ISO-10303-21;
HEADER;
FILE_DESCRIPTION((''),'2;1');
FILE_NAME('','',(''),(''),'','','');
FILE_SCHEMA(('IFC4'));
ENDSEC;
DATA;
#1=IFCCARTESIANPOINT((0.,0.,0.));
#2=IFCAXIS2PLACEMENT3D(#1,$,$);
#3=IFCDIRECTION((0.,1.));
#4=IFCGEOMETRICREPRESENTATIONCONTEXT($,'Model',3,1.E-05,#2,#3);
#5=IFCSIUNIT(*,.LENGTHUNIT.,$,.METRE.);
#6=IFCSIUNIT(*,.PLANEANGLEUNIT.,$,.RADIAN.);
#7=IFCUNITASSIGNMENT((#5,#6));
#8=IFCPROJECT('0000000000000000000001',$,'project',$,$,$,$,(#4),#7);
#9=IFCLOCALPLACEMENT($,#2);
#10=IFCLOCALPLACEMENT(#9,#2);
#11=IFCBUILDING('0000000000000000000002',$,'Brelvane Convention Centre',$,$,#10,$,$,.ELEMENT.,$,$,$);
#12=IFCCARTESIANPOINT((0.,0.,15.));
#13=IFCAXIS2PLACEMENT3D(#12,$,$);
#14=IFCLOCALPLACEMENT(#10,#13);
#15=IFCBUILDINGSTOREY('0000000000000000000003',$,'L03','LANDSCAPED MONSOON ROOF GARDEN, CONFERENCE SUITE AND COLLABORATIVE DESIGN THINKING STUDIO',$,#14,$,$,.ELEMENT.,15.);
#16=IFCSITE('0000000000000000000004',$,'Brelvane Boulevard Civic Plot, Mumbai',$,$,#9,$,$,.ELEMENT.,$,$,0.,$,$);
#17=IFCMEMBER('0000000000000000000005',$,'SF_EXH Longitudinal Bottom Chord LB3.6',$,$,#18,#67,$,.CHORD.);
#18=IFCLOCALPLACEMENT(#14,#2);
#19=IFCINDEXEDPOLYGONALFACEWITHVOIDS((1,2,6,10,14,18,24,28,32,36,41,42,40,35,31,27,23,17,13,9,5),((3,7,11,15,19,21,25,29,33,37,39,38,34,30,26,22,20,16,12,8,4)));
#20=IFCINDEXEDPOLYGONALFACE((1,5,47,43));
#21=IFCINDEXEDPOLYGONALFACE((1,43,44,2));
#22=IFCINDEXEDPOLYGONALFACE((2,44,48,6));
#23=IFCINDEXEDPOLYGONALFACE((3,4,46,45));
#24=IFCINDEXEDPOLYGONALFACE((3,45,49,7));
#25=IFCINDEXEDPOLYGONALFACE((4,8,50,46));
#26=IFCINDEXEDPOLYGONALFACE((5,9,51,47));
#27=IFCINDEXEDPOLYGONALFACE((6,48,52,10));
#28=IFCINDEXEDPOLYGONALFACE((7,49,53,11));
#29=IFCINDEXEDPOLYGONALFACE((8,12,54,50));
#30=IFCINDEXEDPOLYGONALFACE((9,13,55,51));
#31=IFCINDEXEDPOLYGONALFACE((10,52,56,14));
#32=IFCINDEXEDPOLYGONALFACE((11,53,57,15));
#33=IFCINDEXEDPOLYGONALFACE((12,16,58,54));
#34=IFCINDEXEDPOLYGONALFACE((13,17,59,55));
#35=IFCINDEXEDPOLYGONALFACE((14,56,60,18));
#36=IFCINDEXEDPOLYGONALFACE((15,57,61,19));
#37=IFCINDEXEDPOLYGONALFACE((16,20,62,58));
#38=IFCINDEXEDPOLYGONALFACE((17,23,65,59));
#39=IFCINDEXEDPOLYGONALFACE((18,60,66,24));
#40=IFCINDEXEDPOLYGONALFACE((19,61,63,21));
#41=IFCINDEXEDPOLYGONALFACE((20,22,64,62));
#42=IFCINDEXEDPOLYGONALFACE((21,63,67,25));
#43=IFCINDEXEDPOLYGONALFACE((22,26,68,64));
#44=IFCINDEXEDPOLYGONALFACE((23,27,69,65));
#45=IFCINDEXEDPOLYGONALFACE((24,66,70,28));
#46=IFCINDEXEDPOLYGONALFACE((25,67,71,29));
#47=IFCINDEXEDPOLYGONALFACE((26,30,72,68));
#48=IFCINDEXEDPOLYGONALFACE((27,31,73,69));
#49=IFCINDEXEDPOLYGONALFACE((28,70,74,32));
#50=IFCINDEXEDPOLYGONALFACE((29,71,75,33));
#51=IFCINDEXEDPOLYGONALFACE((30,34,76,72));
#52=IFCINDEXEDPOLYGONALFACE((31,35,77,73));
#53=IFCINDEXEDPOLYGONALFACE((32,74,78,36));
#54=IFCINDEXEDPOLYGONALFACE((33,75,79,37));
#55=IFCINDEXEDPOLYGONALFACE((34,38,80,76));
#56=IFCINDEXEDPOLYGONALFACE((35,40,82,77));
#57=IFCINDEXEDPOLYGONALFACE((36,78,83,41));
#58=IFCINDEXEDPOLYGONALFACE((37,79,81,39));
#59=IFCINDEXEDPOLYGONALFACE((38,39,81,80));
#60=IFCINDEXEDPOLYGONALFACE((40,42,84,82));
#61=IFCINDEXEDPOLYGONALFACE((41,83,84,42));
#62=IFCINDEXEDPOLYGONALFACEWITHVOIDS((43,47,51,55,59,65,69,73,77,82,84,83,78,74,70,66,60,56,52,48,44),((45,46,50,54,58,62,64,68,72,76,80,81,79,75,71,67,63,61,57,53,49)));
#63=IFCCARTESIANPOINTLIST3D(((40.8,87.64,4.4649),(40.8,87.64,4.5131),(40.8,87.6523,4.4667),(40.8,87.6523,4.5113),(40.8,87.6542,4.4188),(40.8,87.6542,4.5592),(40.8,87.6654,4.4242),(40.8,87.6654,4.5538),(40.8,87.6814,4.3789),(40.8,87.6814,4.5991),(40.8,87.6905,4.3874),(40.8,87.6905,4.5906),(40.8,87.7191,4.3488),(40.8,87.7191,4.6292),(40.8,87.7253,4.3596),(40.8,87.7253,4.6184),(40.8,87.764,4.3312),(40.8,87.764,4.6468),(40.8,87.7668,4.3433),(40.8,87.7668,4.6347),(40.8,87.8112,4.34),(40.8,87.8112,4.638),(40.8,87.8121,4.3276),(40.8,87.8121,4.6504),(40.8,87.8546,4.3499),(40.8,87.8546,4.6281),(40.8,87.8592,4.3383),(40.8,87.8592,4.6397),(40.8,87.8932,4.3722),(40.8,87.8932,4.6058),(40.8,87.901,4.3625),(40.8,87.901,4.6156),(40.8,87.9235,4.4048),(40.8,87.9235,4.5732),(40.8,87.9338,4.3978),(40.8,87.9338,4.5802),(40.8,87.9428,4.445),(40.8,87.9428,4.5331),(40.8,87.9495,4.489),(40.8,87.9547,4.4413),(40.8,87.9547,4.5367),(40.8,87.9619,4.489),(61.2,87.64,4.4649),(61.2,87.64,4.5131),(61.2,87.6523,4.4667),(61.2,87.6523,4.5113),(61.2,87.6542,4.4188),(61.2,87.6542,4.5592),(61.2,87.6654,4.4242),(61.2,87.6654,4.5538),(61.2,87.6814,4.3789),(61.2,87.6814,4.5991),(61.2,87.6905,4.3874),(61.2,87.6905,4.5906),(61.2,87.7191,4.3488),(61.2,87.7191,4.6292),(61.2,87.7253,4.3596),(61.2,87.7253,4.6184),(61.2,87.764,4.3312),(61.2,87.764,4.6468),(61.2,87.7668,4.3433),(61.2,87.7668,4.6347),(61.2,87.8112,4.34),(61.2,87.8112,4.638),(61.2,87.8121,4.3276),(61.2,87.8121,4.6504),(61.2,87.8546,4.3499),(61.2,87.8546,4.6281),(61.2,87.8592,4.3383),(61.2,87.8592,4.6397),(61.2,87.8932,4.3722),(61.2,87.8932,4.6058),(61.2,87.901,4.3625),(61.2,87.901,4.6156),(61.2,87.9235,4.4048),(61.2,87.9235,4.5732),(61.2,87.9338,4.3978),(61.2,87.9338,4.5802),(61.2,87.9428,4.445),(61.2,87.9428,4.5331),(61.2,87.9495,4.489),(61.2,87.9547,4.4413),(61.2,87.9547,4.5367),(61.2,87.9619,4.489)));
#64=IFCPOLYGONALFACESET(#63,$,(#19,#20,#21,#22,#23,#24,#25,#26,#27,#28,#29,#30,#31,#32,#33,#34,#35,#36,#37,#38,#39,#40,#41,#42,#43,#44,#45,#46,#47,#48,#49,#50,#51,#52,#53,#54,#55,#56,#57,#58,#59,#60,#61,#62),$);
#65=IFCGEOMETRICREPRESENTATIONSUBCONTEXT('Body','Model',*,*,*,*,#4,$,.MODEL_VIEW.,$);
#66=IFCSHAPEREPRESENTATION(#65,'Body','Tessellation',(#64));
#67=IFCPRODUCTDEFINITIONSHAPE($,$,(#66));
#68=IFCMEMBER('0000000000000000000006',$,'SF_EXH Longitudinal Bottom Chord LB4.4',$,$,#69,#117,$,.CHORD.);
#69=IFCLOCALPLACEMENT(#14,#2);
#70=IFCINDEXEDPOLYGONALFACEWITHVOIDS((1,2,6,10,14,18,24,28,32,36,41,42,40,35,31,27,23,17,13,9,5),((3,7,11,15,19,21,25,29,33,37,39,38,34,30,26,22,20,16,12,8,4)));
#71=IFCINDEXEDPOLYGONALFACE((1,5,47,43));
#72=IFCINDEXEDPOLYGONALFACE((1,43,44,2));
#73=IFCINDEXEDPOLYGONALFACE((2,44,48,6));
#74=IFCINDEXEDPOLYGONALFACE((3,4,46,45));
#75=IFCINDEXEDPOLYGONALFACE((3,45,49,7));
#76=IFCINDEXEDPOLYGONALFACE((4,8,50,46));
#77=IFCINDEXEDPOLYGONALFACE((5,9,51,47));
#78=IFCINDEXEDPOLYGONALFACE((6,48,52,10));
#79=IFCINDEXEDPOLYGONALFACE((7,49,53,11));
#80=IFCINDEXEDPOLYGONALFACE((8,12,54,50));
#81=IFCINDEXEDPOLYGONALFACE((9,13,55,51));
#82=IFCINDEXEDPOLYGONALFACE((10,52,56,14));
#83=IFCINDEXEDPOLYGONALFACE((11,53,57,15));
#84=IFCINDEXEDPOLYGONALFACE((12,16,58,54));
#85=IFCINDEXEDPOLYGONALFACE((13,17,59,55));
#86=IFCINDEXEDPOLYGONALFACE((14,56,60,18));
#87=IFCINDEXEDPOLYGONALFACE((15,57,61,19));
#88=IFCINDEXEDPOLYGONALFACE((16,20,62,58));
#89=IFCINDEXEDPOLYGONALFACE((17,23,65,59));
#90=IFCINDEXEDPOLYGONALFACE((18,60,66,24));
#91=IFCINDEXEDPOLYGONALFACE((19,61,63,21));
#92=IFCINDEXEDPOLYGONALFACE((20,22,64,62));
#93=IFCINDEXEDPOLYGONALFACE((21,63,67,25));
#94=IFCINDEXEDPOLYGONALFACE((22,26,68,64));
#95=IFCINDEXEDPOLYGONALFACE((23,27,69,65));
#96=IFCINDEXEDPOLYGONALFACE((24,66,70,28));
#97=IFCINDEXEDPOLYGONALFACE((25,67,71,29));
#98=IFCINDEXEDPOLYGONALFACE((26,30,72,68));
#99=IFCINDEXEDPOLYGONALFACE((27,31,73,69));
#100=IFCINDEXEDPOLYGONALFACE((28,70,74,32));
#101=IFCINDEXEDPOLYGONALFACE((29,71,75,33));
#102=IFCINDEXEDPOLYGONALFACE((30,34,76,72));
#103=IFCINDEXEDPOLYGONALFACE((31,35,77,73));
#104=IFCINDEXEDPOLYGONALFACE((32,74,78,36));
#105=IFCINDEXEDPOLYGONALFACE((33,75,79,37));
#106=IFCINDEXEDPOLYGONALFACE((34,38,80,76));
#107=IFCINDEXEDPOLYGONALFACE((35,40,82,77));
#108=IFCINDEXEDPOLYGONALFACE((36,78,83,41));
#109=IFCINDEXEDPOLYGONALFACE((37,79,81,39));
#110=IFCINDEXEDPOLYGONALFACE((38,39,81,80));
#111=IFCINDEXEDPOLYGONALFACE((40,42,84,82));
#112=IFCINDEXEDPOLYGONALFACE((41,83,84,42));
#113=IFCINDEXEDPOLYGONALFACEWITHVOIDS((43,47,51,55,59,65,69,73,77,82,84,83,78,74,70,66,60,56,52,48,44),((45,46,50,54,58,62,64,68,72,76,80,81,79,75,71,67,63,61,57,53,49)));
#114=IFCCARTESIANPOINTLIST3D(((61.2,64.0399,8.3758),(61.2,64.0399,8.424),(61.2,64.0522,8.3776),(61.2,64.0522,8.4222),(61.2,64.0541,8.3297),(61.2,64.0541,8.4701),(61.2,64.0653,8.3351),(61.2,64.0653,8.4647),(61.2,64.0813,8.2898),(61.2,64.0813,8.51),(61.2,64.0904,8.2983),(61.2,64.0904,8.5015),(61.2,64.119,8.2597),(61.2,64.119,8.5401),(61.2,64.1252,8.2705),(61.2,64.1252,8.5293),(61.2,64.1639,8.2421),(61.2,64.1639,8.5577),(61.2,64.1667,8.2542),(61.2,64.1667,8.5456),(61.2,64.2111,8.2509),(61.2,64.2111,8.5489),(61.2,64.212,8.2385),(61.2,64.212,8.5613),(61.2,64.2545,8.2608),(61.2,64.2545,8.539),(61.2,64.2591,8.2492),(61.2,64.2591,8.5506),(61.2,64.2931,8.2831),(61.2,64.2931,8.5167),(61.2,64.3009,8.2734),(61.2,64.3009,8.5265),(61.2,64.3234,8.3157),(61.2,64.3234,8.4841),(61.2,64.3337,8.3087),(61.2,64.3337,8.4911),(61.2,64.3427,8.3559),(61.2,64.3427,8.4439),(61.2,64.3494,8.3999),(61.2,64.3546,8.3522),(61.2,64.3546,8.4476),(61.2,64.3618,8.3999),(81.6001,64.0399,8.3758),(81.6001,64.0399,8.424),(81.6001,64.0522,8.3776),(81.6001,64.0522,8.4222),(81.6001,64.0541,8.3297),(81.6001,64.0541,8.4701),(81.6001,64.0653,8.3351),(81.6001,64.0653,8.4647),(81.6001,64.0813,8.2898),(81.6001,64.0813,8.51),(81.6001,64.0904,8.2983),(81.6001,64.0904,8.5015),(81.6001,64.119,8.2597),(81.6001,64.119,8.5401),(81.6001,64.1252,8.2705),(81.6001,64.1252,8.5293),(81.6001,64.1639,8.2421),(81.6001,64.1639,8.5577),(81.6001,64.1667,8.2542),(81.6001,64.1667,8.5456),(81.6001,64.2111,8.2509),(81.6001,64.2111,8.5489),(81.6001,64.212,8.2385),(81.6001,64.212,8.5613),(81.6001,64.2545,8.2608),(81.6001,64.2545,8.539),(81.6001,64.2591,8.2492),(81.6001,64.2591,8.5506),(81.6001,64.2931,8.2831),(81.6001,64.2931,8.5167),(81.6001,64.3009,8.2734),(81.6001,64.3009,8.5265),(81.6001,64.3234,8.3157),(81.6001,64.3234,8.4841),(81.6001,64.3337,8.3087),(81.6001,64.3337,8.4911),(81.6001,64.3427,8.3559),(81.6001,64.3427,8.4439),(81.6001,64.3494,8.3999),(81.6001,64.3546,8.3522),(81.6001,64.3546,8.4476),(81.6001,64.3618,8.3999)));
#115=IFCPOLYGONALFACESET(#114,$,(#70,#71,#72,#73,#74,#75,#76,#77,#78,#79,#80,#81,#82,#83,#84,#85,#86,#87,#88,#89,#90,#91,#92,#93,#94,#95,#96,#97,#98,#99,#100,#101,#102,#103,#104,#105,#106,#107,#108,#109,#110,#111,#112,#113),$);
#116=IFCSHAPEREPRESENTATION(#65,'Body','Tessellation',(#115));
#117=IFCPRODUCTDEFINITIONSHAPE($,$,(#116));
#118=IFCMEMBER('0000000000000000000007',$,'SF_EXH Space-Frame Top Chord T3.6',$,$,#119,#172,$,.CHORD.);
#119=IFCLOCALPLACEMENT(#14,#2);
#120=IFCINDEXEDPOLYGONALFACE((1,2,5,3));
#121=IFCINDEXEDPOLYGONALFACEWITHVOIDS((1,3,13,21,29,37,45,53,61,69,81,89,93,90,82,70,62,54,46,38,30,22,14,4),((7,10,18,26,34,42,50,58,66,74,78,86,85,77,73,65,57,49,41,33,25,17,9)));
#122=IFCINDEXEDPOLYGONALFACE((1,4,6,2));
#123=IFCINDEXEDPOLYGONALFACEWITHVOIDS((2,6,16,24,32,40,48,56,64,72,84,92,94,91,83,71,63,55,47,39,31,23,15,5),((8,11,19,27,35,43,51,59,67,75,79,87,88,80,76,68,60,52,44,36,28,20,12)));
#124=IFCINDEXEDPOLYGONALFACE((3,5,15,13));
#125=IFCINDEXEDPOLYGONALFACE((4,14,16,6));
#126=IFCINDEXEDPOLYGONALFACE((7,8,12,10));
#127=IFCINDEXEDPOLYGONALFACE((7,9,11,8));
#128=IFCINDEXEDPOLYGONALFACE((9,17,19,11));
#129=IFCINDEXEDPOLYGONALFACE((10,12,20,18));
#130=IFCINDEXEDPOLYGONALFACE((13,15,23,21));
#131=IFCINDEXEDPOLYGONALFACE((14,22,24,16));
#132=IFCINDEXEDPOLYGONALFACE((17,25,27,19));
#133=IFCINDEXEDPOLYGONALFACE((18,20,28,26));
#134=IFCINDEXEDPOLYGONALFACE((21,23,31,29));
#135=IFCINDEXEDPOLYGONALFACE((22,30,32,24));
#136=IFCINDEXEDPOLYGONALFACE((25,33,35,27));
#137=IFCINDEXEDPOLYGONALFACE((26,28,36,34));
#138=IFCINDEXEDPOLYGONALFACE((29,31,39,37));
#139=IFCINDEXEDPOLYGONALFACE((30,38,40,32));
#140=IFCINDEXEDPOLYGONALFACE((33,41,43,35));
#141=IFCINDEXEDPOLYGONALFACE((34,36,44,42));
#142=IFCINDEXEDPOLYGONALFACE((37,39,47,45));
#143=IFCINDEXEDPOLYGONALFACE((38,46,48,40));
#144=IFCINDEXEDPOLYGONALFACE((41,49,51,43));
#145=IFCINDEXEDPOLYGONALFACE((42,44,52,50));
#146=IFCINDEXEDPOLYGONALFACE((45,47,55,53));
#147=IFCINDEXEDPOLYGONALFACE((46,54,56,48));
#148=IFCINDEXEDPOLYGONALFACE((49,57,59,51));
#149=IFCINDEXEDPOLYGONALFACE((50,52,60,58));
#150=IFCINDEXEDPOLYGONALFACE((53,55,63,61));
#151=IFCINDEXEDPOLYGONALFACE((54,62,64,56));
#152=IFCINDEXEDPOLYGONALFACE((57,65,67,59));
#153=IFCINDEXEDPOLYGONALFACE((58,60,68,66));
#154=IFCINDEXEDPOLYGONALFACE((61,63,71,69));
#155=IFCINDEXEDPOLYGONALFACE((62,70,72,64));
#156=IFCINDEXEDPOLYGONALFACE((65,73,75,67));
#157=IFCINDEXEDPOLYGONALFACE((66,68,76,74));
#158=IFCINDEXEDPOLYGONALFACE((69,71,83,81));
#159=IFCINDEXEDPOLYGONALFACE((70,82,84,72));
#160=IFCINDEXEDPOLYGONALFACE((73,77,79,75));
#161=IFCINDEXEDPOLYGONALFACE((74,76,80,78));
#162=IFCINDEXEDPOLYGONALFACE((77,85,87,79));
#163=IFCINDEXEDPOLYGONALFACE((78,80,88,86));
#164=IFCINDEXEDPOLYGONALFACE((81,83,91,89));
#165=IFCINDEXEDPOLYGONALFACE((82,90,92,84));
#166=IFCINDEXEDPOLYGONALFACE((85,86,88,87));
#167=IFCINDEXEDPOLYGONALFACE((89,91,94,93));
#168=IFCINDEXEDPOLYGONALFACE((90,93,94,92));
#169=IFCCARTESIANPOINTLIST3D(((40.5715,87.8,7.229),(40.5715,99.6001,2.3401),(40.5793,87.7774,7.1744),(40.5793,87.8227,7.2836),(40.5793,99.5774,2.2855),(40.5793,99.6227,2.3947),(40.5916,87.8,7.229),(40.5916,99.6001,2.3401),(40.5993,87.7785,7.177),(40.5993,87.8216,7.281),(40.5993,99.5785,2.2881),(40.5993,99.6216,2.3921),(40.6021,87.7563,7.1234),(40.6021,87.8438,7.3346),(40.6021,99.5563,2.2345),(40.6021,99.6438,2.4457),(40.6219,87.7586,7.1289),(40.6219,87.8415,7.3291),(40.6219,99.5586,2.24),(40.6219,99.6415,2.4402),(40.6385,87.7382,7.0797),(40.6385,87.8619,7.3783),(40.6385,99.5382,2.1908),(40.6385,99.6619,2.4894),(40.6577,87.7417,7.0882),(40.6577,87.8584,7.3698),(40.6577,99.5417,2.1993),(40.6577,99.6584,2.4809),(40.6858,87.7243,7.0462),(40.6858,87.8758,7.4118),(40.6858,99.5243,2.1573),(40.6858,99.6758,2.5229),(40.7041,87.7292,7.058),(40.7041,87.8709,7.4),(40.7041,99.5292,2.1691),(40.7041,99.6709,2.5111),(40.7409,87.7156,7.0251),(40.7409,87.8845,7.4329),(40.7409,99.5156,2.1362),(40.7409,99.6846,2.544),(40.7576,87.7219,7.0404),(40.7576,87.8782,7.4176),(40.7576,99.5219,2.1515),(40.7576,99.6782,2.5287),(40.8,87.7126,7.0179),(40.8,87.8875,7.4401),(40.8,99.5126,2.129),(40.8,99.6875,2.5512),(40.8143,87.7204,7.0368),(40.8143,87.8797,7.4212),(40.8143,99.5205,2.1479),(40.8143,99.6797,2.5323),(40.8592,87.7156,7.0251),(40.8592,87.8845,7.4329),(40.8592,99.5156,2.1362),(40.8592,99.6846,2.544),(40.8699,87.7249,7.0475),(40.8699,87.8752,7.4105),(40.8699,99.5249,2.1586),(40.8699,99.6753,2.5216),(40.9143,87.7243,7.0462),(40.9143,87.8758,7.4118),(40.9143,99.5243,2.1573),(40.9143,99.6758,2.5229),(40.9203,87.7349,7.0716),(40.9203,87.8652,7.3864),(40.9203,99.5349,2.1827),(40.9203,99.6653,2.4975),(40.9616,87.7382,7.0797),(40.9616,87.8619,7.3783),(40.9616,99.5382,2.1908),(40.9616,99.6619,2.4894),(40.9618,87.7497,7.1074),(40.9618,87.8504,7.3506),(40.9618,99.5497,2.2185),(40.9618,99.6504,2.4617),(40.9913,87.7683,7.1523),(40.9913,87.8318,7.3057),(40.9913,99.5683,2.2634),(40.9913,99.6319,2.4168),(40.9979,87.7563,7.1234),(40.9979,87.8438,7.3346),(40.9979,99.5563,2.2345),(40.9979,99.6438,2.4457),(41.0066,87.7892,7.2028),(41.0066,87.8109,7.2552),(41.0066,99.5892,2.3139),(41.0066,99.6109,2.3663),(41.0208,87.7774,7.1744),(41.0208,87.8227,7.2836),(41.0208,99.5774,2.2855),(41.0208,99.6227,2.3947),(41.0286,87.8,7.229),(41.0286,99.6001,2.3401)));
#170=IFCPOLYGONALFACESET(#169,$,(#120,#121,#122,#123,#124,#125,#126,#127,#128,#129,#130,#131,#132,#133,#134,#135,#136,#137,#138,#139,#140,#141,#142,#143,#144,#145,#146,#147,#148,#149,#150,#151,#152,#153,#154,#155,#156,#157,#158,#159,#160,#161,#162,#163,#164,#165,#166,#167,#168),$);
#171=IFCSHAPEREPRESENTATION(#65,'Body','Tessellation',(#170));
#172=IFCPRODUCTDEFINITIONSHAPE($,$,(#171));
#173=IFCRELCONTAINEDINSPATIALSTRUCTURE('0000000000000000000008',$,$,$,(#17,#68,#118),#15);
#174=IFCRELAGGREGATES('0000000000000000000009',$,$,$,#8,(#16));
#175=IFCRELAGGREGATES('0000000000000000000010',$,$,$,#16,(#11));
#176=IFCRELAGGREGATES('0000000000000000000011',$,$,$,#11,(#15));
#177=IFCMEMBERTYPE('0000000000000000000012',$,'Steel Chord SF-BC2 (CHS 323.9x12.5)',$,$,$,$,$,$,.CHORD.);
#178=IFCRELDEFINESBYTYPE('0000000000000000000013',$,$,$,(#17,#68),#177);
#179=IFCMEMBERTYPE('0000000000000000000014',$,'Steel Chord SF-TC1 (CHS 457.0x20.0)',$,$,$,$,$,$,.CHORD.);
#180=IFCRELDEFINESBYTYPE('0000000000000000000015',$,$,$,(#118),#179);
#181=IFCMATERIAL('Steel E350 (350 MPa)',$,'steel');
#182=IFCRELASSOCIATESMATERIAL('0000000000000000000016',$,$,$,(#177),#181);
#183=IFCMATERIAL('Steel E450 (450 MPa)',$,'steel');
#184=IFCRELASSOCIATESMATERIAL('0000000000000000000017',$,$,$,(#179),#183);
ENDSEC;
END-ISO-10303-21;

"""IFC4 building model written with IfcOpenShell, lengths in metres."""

from ifc_helpers import new_model, si_unit, direction, frame, origin, origin_2d, place, context, subcontext, project, spatial, hollow_circle, extrude, material, material_profile, profile_set, type_object, element, save


model = new_model("IFC4")

# Units and contexts
model_context = context("Model", 3, precision=1e-05, world=origin(), true_north=direction((0.0, 1.0)))
body_context = subcontext(model_context, "Body", "Model", "MODEL_VIEW")
ifc_project = project(units=[si_unit("LENGTHUNIT", "METRE"), si_unit("PLANEANGLEUNIT", "RADIAN")], contexts=[model_context])

# Site, building, storey
site_placement = place(None, origin())
site = spatial("IfcSite", under=ifc_project, at=site_placement, Name="Brelvane Boulevard Civic Plot, Mumbai", CompositionType="ELEMENT", RefElevation=0.0)
building_placement = place(site_placement, origin())
building = spatial("IfcBuilding", under=site, at=building_placement, Name="Brelvane Convention Centre", CompositionType="ELEMENT")
storey_placement = place(building_placement, frame((0.0, 0.0, 15.0)))
storey = spatial("IfcBuildingStorey", under=building, at=storey_placement, Name="L03", Description="LANDSCAPED MONSOON ROOF GARDEN, CONFERENCE SUITE AND COLLABORATIVE DESIGN THINKING STUDIO", CompositionType="ELEMENT", Elevation=15.0)

# Members
ifc_material_1 = material(Name="Steel E350 (350 MPa)", Category="steel")
ifc_material_profile_1 = material_profile(ifc_material_1, hollow_circle(Radius=0.1619, WallThickness=0.0125, at=origin_2d()), Name="CHS 323.9x12.5")
ifc_profile_set_1 = profile_set([ifc_material_profile_1], Name="Steel E350 (350 MPa)")
member_type_1 = type_object("IfcMemberType", Name="Steel Chord SF-BC2 (CHS 323.9x12.5)", PredefinedType="CHORD", material=ifc_profile_set_1)
for number, where, z_axis, x_axis, name in (
    (1, (40.8, 87.8, 4.489), (1.0, 0.0, 0.0), (0.0, 1.0, 0.0), "SF_EXH Longitudinal Bottom Chord LB3.6"),
):
    element("IfcMember", number, at=place(storey_placement, frame(where, z_axis=z_axis, x_axis=x_axis)), inside=storey, type_object=member_type_1, Name=name, PredefinedType="CHORD", context=body_context, shape_type="SweptSolid", body=[
        extrude(hollow_circle(Radius=0.1619, WallThickness=0.0125, at=origin_2d()), origin(), (0.0, 0.0, 1.0), 20.3999),
    ])
member_1_placement = place(storey_placement, frame((61.2, 64.2, 8.3999), z_axis=(1.0, 0.0, 0.0), x_axis=(0.0, 1.0, 0.0)))
element("IfcMember", 2, at=member_1_placement, inside=storey, type_object=member_type_1, Name="SF_EXH Longitudinal Bottom Chord LB4.4", PredefinedType="CHORD", context=body_context, shape_type="SweptSolid", body=[
    extrude(hollow_circle(Radius=0.1619, WallThickness=0.0125, at=origin_2d()), origin(), (0.0, 0.0, 1.0), 20.4001),
])
ifc_material_2 = material(Name="Steel E450 (450 MPa)", Category="steel")
ifc_material_profile_2 = material_profile(ifc_material_2, hollow_circle(Radius=0.2285, WallThickness=0.02, at=origin_2d()), Name="CHS 457.0x20.0")
ifc_profile_set_2 = profile_set([ifc_material_profile_2], Name="Steel E450 (450 MPa)")
member_type_2 = type_object("IfcMemberType", Name="Steel Chord SF-TC1 (CHS 457.0x20.0)", PredefinedType="CHORD", material=ifc_profile_set_2)
member_2_placement = place(storey_placement, frame((40.8, 87.8, 7.229), z_axis=(0.0, 0.923847, -0.382762), x_axis=(-1.0, 0.0, 0.0)))
element("IfcMember", 3, at=member_2_placement, inside=storey, type_object=member_type_2, Name="SF_EXH Space-Frame Top Chord T3.6", PredefinedType="CHORD", context=body_context, shape_type="SweptSolid", body=[
    extrude(hollow_circle(Radius=0.2285, WallThickness=0.02, at=origin_2d()), origin(), (0.0, 0.0, 1.0), 12.7727),
])

save(model, "model.ifc")
